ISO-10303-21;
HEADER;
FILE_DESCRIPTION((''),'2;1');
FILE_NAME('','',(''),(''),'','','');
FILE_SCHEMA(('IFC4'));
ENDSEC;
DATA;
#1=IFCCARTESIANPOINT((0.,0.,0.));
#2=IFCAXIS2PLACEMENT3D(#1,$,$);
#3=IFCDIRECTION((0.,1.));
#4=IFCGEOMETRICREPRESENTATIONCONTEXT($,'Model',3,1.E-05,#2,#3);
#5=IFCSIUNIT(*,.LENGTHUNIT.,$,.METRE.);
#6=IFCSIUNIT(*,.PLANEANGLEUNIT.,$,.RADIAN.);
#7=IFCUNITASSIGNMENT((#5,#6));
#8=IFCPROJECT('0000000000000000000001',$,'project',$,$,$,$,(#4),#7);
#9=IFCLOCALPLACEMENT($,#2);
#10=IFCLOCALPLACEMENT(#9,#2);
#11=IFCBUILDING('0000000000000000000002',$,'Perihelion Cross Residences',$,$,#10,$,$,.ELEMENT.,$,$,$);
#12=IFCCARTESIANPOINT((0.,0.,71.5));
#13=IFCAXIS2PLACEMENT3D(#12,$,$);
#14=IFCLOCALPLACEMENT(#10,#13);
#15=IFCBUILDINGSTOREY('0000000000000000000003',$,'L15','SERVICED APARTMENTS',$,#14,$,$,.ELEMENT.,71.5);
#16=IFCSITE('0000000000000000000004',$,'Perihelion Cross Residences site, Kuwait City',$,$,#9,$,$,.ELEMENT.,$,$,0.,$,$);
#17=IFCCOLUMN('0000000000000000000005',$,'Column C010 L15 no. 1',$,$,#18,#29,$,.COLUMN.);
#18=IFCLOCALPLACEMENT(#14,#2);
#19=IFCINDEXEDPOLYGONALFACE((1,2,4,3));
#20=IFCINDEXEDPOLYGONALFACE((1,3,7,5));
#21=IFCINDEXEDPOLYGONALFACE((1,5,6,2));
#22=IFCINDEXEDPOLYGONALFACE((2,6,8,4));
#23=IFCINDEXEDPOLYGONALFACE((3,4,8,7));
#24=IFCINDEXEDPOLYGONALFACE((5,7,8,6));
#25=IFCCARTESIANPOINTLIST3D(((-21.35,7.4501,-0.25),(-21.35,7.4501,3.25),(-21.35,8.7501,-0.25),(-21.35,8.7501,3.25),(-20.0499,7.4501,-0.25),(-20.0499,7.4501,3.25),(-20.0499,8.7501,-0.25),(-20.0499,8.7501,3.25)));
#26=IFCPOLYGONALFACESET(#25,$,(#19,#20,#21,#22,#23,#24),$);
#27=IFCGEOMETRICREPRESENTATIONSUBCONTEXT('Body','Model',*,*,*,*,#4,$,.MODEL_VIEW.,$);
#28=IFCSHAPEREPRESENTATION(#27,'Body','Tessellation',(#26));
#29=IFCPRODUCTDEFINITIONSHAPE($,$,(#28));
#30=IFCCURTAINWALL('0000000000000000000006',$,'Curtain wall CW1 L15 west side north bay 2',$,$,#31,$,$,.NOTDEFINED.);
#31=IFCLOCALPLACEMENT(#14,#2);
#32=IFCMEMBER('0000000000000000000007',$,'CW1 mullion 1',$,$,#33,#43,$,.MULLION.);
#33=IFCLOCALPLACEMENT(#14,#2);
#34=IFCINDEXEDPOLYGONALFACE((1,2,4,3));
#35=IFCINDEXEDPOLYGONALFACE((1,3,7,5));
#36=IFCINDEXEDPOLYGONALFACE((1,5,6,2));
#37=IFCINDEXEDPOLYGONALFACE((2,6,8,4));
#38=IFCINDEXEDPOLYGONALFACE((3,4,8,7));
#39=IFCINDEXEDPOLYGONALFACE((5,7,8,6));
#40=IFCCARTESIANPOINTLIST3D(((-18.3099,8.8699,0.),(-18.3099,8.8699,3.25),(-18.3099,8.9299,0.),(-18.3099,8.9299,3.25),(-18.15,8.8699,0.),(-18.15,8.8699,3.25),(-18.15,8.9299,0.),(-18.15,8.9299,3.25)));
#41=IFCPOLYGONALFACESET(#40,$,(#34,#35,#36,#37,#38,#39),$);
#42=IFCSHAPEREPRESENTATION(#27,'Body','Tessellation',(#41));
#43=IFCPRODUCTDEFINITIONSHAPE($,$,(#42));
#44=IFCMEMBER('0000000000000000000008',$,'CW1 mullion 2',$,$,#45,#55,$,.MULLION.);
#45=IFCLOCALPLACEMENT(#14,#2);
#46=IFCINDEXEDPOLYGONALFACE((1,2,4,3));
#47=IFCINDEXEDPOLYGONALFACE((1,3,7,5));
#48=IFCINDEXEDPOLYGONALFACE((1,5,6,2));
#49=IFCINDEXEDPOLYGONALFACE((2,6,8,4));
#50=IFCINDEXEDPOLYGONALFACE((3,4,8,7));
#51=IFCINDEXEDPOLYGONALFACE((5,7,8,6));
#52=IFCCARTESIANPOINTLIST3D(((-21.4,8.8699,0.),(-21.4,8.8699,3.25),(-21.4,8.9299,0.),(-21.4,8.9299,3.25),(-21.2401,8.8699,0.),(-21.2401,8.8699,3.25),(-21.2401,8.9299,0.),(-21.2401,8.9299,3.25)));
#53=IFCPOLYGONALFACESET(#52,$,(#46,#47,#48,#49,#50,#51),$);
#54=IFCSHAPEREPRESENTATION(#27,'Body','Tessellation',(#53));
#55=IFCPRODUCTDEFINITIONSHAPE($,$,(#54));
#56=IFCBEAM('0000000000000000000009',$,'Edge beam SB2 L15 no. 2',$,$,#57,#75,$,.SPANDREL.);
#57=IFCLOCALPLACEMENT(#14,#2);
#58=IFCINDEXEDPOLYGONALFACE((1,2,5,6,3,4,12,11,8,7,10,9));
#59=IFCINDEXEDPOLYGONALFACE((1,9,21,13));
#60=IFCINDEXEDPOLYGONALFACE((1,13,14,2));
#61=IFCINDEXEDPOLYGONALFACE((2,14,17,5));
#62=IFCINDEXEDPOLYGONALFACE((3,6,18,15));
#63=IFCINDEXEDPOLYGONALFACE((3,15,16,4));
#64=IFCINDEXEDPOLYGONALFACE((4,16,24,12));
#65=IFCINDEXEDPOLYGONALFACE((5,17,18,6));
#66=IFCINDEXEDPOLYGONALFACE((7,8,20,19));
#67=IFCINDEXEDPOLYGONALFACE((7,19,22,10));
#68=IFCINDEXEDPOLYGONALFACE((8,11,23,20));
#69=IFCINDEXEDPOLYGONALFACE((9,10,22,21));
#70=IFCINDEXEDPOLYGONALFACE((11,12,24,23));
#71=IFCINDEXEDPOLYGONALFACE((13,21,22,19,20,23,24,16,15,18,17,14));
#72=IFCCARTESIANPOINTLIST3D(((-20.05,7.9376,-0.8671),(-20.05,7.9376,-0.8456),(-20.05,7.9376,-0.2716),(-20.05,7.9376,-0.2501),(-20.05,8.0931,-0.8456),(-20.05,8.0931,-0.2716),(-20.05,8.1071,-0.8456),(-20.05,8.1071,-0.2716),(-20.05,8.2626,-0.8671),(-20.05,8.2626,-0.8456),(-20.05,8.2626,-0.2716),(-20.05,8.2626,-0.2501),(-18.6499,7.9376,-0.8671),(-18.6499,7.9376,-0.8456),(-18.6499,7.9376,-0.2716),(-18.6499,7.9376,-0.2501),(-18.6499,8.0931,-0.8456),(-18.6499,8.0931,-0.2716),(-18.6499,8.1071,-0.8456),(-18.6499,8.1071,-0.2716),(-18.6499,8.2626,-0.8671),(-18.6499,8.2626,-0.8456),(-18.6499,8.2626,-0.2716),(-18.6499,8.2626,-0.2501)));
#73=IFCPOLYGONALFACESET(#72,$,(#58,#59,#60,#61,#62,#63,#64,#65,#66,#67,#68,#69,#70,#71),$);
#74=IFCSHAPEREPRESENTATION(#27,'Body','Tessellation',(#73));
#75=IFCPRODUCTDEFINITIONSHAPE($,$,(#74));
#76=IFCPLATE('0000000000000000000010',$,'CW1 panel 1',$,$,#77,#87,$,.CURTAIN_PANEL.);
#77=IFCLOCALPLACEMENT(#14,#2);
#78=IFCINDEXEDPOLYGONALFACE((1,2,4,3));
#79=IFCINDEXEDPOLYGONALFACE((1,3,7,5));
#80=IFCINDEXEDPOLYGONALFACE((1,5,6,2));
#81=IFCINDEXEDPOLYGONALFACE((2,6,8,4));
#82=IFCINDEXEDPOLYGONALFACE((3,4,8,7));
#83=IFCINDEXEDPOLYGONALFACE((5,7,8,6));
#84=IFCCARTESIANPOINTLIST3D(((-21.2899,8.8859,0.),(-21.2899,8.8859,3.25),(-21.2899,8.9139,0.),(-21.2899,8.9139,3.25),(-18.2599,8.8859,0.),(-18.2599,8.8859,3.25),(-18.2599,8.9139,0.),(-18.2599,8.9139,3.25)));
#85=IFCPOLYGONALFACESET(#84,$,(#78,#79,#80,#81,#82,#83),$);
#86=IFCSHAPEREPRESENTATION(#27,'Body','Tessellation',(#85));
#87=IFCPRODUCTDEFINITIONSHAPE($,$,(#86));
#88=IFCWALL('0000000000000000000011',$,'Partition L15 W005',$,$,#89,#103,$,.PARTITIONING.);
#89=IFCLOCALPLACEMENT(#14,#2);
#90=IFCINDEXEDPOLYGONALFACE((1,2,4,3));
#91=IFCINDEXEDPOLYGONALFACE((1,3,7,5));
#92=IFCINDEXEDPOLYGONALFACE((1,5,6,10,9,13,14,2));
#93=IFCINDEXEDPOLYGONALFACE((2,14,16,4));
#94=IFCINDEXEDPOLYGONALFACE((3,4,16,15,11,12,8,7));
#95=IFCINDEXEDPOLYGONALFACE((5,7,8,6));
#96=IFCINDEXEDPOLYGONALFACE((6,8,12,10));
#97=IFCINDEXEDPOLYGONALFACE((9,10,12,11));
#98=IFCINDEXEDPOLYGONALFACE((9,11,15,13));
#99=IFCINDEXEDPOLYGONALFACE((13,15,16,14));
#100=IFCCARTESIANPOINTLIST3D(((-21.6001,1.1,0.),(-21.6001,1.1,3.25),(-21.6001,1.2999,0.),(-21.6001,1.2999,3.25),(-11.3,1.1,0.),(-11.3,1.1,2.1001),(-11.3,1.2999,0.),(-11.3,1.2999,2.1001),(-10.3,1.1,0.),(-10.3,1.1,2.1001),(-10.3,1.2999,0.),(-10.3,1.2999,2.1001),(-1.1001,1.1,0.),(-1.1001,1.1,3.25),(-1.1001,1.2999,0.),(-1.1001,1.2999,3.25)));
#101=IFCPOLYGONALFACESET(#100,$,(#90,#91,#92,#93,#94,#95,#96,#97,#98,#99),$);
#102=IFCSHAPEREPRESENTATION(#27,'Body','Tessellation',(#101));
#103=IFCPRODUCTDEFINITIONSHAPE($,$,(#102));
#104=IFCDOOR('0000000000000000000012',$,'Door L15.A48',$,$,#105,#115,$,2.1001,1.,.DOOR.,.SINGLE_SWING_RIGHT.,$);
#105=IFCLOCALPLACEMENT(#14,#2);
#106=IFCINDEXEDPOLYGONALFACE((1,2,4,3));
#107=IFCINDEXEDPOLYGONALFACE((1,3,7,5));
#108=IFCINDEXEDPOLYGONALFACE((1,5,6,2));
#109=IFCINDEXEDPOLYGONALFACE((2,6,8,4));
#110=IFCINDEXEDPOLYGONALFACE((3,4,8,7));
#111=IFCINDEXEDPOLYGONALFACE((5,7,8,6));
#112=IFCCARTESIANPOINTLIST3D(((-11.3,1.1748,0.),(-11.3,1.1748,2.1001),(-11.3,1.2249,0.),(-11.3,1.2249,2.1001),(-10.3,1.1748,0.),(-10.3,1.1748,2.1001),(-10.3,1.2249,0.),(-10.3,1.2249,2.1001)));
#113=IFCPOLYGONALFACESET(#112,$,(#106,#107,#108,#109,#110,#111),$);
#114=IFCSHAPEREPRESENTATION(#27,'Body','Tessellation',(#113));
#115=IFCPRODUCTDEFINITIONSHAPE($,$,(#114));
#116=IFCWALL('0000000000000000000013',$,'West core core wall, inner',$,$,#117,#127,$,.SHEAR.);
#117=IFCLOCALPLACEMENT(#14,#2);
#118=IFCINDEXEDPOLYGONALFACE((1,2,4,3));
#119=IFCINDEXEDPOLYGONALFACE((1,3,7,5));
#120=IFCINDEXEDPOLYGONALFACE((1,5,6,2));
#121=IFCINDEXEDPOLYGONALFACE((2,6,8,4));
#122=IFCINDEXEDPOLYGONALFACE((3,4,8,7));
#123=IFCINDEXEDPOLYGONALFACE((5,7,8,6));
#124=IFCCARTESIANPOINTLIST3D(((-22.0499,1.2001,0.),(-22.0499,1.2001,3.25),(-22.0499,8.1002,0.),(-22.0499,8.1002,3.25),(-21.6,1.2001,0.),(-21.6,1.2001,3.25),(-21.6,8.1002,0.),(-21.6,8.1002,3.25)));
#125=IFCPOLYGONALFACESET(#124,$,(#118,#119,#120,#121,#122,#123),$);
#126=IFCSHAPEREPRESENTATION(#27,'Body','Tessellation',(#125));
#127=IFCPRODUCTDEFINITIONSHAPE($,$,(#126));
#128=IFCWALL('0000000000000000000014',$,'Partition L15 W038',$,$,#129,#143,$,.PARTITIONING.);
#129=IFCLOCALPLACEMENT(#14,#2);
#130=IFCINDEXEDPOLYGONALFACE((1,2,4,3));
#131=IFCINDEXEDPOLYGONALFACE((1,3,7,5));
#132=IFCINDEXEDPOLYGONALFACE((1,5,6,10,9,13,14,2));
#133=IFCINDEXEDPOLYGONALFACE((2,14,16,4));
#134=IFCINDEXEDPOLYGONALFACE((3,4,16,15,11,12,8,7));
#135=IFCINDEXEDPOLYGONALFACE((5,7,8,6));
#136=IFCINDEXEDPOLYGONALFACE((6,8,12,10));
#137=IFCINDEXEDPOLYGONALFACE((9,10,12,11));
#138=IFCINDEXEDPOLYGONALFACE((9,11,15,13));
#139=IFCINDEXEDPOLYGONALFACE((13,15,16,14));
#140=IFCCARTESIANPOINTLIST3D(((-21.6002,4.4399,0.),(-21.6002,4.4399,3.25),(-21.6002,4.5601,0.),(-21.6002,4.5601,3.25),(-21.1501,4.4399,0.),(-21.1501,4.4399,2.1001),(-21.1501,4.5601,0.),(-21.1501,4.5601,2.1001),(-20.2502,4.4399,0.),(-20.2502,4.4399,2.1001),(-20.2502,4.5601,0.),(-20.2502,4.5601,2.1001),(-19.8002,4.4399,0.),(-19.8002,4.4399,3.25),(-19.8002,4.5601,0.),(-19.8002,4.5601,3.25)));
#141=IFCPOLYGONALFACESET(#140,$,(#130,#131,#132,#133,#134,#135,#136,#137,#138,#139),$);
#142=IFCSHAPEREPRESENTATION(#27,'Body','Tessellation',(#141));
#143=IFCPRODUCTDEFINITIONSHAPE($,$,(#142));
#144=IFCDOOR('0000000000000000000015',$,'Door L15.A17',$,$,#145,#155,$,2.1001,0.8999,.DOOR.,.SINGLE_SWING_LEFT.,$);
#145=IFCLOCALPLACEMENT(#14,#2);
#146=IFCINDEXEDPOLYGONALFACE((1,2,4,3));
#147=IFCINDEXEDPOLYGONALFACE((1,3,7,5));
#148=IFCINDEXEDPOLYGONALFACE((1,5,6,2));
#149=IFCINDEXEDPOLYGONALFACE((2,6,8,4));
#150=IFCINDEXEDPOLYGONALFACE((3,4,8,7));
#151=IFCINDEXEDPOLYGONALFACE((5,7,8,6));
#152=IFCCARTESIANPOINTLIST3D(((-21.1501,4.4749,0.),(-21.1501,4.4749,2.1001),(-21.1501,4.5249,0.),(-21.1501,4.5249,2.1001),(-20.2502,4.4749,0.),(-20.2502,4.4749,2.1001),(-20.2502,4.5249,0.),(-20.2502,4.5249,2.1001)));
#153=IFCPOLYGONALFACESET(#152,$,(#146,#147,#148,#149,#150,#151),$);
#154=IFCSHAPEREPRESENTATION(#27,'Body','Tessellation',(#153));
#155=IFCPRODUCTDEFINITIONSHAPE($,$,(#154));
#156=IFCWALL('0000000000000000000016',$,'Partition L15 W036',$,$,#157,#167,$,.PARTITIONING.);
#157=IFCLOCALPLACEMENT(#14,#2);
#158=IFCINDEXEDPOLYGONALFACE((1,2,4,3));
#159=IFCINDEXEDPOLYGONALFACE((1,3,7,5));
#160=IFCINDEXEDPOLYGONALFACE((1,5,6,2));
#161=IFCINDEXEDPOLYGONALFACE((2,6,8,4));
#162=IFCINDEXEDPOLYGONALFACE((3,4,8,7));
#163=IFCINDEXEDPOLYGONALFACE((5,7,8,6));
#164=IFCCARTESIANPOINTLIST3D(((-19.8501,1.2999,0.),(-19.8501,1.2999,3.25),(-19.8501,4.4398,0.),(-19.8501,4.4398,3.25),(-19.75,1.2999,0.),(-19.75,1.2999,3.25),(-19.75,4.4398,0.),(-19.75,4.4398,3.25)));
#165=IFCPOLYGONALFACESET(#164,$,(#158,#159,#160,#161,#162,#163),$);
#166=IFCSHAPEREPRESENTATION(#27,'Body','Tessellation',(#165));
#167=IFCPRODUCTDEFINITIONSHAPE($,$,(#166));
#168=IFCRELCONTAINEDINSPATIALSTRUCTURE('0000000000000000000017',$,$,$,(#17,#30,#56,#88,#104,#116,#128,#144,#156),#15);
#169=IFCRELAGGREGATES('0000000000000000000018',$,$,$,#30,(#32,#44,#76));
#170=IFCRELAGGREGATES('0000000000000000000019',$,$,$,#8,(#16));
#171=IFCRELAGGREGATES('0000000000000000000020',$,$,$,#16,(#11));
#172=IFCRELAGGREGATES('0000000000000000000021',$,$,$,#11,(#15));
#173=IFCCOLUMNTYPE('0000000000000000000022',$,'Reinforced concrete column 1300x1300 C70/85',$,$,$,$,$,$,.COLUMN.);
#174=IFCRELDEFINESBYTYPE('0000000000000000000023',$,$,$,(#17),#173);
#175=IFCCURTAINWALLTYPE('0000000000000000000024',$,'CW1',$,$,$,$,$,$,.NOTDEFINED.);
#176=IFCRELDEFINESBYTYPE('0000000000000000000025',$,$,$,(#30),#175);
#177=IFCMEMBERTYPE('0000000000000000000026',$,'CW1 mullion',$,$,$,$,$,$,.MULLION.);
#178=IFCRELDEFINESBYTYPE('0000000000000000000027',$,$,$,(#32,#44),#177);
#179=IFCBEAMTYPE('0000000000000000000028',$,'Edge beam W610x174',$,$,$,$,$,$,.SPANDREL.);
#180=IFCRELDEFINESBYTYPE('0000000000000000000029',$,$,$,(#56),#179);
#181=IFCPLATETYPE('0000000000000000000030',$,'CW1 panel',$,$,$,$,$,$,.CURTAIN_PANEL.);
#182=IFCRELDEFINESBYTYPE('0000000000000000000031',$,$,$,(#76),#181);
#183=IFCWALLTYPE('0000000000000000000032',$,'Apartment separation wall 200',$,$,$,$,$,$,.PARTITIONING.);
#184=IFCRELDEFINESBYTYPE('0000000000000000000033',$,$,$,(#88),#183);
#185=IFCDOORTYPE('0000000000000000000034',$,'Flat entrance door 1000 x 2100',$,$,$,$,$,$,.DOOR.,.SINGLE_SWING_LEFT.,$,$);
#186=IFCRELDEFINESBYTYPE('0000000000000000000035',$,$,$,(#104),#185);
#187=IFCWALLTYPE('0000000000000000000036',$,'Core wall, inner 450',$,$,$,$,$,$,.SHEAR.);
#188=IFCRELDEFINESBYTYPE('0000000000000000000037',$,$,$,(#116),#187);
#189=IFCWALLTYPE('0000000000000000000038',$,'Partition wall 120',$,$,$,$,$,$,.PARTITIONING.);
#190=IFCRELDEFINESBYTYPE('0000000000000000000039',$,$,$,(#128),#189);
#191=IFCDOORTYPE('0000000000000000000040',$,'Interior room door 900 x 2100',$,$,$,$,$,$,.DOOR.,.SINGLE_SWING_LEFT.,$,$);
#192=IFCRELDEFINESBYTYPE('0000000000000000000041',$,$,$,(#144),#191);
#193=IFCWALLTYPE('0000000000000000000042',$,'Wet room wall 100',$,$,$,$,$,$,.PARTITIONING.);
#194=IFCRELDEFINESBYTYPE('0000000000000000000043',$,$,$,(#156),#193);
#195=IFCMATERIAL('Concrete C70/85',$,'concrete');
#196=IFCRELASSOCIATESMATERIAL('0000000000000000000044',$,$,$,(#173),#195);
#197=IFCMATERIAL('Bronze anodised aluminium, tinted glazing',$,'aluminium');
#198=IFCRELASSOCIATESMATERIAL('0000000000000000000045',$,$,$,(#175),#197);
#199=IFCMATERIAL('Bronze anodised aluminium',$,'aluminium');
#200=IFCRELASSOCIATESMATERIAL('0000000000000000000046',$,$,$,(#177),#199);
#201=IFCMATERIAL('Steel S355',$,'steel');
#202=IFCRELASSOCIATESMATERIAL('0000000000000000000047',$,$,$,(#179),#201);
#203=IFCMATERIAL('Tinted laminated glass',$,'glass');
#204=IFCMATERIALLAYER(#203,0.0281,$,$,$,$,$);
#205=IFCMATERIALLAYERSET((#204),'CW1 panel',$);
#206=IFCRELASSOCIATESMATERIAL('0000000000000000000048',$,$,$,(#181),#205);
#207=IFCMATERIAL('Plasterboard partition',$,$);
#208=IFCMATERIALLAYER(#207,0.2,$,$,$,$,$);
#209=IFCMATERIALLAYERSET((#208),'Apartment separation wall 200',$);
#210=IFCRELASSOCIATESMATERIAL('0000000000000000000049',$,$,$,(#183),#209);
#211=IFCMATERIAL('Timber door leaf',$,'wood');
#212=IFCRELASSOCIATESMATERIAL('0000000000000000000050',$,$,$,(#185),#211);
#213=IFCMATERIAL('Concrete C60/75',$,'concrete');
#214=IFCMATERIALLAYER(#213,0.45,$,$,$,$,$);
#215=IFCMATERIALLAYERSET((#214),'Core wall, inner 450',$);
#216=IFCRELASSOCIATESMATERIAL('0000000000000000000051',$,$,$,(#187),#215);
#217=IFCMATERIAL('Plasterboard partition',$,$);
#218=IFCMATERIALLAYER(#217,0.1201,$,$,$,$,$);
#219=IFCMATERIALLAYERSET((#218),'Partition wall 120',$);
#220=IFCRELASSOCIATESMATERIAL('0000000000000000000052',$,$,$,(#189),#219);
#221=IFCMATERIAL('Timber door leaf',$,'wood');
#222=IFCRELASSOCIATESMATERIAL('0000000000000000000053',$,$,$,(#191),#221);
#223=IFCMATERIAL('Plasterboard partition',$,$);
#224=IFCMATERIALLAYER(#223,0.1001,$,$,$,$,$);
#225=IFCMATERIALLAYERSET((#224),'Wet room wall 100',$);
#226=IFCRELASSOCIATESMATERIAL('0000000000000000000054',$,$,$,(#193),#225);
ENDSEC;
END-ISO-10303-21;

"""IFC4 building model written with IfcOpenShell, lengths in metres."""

from ifc_helpers import new_model, si_unit, direction, frame, frame_2d, origin, origin_2d, place, context, subcontext, project, spatial, rectangle, i_section, extrude, material, layer, layer_set, material_profile, profile_set, type_object, element, fill, aggregate, save


model = new_model("IFC4")

# Units and contexts
model_context = context("Model", 3, precision=1e-05, world=origin(), true_north=direction((0.0, 1.0)))
body_context = subcontext(model_context, "Body", "Model", "MODEL_VIEW")
ifc_project = project(units=[si_unit("LENGTHUNIT", "METRE"), si_unit("PLANEANGLEUNIT", "RADIAN")], contexts=[model_context])

# Site, building, storey
site_placement = place(None, origin())
site = spatial("IfcSite", under=ifc_project, at=site_placement, Name="Perihelion Cross Residences site, Kuwait City", CompositionType="ELEMENT", RefElevation=0.0)
building_placement = place(site_placement, origin())
building = spatial("IfcBuilding", under=site, at=building_placement, Name="Perihelion Cross Residences", CompositionType="ELEMENT")
storey_placement = place(building_placement, frame((0.0, 0.0, 71.5)))
storey = spatial("IfcBuildingStorey", under=building, at=storey_placement, Name="L15", Description="SERVICED APARTMENTS", CompositionType="ELEMENT", Elevation=71.5)

# Column
ifc_material_1 = material(Name="Concrete C70/85", Category="concrete")
ifc_material_profile_1 = material_profile(ifc_material_1, rectangle(XDim=1.3, YDim=1.3, at=origin_2d()), Name="RC 1300x1300")
ifc_profile_set_1 = profile_set([ifc_material_profile_1], Name="Concrete C70/85")
column_type = type_object("IfcColumnType", Name="Reinforced concrete column 1300x1300 C70/85", PredefinedType="COLUMN", material=ifc_profile_set_1)
column_placement = place(storey_placement, frame((-20.7, 8.1001, -0.25), z_axis=(0.0, 0.0, 1.0), x_axis=(1.0, 0.0, 0.0)))
element("IfcColumn", 1, at=column_placement, inside=storey, type_object=column_type, Name="Column C010 L15 no. 1", PredefinedType="COLUMN", context=body_context, shape_type="SweptSolid", body=[
    extrude(rectangle(XDim=1.3, YDim=1.3, at=origin_2d()), origin(), (0.0, 0.0, 1.0), 3.5),
])

# Curtain wall, members
ifc_material_2 = material(Name="Bronze anodised aluminium, tinted glazing", Category="aluminium")
curtain_wall_type = type_object("IfcCurtainWallType", Name="CW1", PredefinedType="NOTDEFINED", material=ifc_material_2)
curtain_wall_placement = place(storey_placement, origin())
curtain_wall = element("IfcCurtainWall", 2, at=curtain_wall_placement, inside=storey, type_object=curtain_wall_type, Name="Curtain wall CW1 L15 west side north bay 2", PredefinedType="NOTDEFINED")
ifc_material_3 = material(Name="Bronze anodised aluminium", Category="aluminium")
ifc_material_profile_2 = material_profile(ifc_material_3, rectangle(XDim=0.0601, YDim=0.1599, at=origin_2d()), Name="CW1 mullion")
ifc_profile_set_2 = profile_set([ifc_material_profile_2], Name="Bronze anodised aluminium")
member_type = type_object("IfcMemberType", Name="CW1 mullion", PredefinedType="MULLION", material=ifc_profile_set_2)
member_1_placement = place(storey_placement, frame((-18.23, 8.8999, 0.0), z_axis=(0.0, 0.0, 1.0), x_axis=(0.0, -1.0, 0.0)))
member_1 = element("IfcMember", 3, at=member_1_placement, type_object=member_type, Name="CW1 mullion 1", PredefinedType="MULLION", context=body_context, shape_type="SweptSolid", body=[
    extrude(rectangle(XDim=0.0601, YDim=0.1599, at=origin_2d()), origin(), (0.0, 0.0, 1.0), 3.25),
])
member_2_placement = place(storey_placement, frame((-21.3201, 8.8999, 0.0), z_axis=(0.0, 0.0, 1.0), x_axis=(0.0, -1.0, 0.0)))
member_2 = element("IfcMember", 4, at=member_2_placement, type_object=member_type, Name="CW1 mullion 2", PredefinedType="MULLION", context=body_context, shape_type="SweptSolid", body=[
    extrude(rectangle(XDim=0.0601, YDim=0.1599, at=origin_2d()), origin(), (0.0, 0.0, 1.0), 3.25),
])

# Beam
ifc_material_4 = material(Name="Steel S355", Category="steel")
ifc_material_profile_3 = material_profile(ifc_material_4, i_section(OverallWidth=0.325, OverallDepth=0.6169, WebThickness=0.0139, FlangeThickness=0.0215, at=origin_2d()), Name="W610x174")
ifc_profile_set_3 = profile_set([ifc_material_profile_3], Name="Steel S355")
beam_type = type_object("IfcBeamType", Name="Edge beam W610x174", PredefinedType="SPANDREL", material=ifc_profile_set_3)
beam_placement = place(storey_placement, frame((-18.6499, 8.1001, -0.5586), z_axis=(-1.0, 0.0, 0.0), x_axis=(0.0, -1.0, 0.0)))
element("IfcBeam", 5, at=beam_placement, inside=storey, type_object=beam_type, Name="Edge beam SB2 L15 no. 2", PredefinedType="SPANDREL", context=body_context, shape_type="SweptSolid", body=[
    extrude(i_section(OverallWidth=0.325, OverallDepth=0.6169, WebThickness=0.0139, FlangeThickness=0.0215, at=origin_2d()), origin(), (0.0, 0.0, 1.0), 1.4001),
])

# Plate
ifc_material_5 = material(Name="Tinted laminated glass", Category="glass")
ifc_layer_1 = layer(ifc_material_5, 0.0281)
ifc_layer_set_1 = layer_set([ifc_layer_1], Name="CW1 panel")
plate_type = type_object("IfcPlateType", Name="CW1 panel", PredefinedType="CURTAIN_PANEL", material=ifc_layer_set_1)
plate_placement = place(storey_placement, frame((-19.7749, 8.8999, 0.0), z_axis=(0.0, 0.0, 1.0), x_axis=(-1.0, 0.0, 0.0)))
plate = element("IfcPlate", 6, at=plate_placement, type_object=plate_type, Name="CW1 panel 1", PredefinedType="CURTAIN_PANEL", context=body_context, shape_type="SweptSolid", body=[
    extrude(rectangle(XDim=3.03, YDim=0.0281, at=origin_2d()), origin(), (0.0, 0.0, 1.0), 3.25),
])
aggregate(curtain_wall, [member_1, member_2, plate])

# Wall, opening, door
ifc_material_6 = material(Name="Plasterboard partition")
ifc_layer_2 = layer(ifc_material_6, 0.2)
ifc_layer_set_2 = layer_set([ifc_layer_2], Name="Apartment separation wall 200")
wall_type_1 = type_object("IfcWallType", Name="Apartment separation wall 200", PredefinedType="PARTITIONING", material=ifc_layer_set_2)
wall_1_placement = place(storey_placement, frame((-21.6001, 1.2, 0.0), z_axis=(0.0, 0.0, 1.0), x_axis=(1.0, 0.0, 0.0)))
wall_1 = element("IfcWall", 7, at=wall_1_placement, inside=storey, type_object=wall_type_1, Name="Partition L15 W005", PredefinedType="PARTITIONING", context=body_context, shape_type="SweptSolid", body=[
    extrude(rectangle(XDim=20.5, YDim=0.2, at=frame_2d((10.25, 0.0))), origin(), (0.0, 0.0, 1.0), 3.25),
])
opening_1_placement = place(wall_1_placement, frame((10.3, 0.0, 0.0)))
opening_1 = element("IfcOpeningElement", 8, at=opening_1_placement, cuts=wall_1, PredefinedType="OPENING", context=body_context, shape_type="SweptSolid", body=[
    extrude(rectangle(XDim=1.0, YDim=2.1001, at=frame_2d((0.5, 1.05))), frame((0.0, 0.1099, 0.0), z_axis=(0.0, -1.0, 0.0), x_axis=(1.0, 0.0, 0.0)), (0.0, 0.0, 1.0), 0.22),
])
ifc_material_7 = material(Name="Timber door leaf", Category="wood")
door_type_1 = type_object("IfcDoorType", Name="Flat entrance door 1000 x 2100", OperationType="SINGLE_SWING_LEFT", PredefinedType="DOOR", material=ifc_material_7)
door_1_placement = place(opening_1_placement, origin())
door_1 = element("IfcDoor", 9, at=door_1_placement, inside=storey, type_object=door_type_1, Name="Door L15.A48", OperationType="SINGLE_SWING_RIGHT", OverallHeight=2.1001, OverallWidth=1.0, PredefinedType="DOOR", context=body_context, shape_type="SweptSolid", body=[
    extrude(rectangle(XDim=1.0, YDim=2.1001, at=frame_2d((0.5, 1.05))), frame((0.0, 0.0249, 0.0), z_axis=(0.0, -1.0, 0.0), x_axis=(1.0, 0.0, 0.0)), (0.0, 0.0, 1.0), 0.05),
])
fill(opening_1, door_1)

# Wall
ifc_material_8 = material(Name="Concrete C60/75", Category="concrete")
ifc_layer_3 = layer(ifc_material_8, 0.45)
ifc_layer_set_3 = layer_set([ifc_layer_3], Name="Core wall, inner 450")
wall_type_2 = type_object("IfcWallType", Name="Core wall, inner 450", PredefinedType="SHEAR", material=ifc_layer_set_3)
wall_2_placement = place(storey_placement, frame((-21.825, 1.2, 0.0), z_axis=(0.0, 0.0, 1.0), x_axis=(0.0, 1.0, 0.0)))
element("IfcWall", 10, at=wall_2_placement, inside=storey, type_object=wall_type_2, Name="West core core wall, inner", PredefinedType="SHEAR", context=body_context, shape_type="SweptSolid", body=[
    extrude(rectangle(XDim=6.9001, YDim=0.45, at=frame_2d((3.4502, 0.0))), origin(), (0.0, 0.0, 1.0), 3.25),
])

# Wall, opening, door
ifc_material_9 = material(Name="Plasterboard partition")
ifc_layer_4 = layer(ifc_material_9, 0.1201)
ifc_layer_set_4 = layer_set([ifc_layer_4], Name="Partition wall 120")
wall_type_3 = type_object("IfcWallType", Name="Partition wall 120", PredefinedType="PARTITIONING", material=ifc_layer_set_4)
wall_3_placement = place(storey_placement, frame((-21.6001, 4.5, 0.0), z_axis=(0.0, 0.0, 1.0), x_axis=(1.0, 0.0, 0.0)))
wall_3 = element("IfcWall", 11, at=wall_3_placement, inside=storey, type_object=wall_type_3, Name="Partition L15 W038", PredefinedType="PARTITIONING", context=body_context, shape_type="SweptSolid", body=[
    extrude(rectangle(XDim=1.8, YDim=0.1201, at=frame_2d((0.8999, 0.0))), origin(), (0.0, 0.0, 1.0), 3.25),
])
opening_2_placement = place(wall_3_placement, frame((0.45, 0.0, 0.0)))
opening_2 = element("IfcOpeningElement", 12, at=opening_2_placement, cuts=wall_3, PredefinedType="OPENING", context=body_context, shape_type="SweptSolid", body=[
    extrude(rectangle(XDim=0.8999, YDim=2.1001, at=frame_2d((0.45, 1.05))), frame((0.0, 0.0701, 0.0), z_axis=(0.0, -1.0, 0.0), x_axis=(1.0, 0.0, 0.0)), (0.0, 0.0, 1.0), 0.1401),
])
ifc_material_10 = material(Name="Timber door leaf", Category="wood")
door_type_2 = type_object("IfcDoorType", Name="Interior room door 900 x 2100", OperationType="SINGLE_SWING_LEFT", PredefinedType="DOOR", material=ifc_material_10)
door_2_placement = place(opening_2_placement, origin())
door_2 = element("IfcDoor", 13, at=door_2_placement, inside=storey, type_object=door_type_2, Name="Door L15.A17", OperationType="SINGLE_SWING_LEFT", OverallHeight=2.1001, OverallWidth=0.8999, PredefinedType="DOOR", context=body_context, shape_type="SweptSolid", body=[
    extrude(rectangle(XDim=0.8999, YDim=2.1001, at=frame_2d((0.45, 1.05))), frame((0.0, 0.0249, 0.0), z_axis=(0.0, -1.0, 0.0), x_axis=(1.0, 0.0, 0.0)), (0.0, 0.0, 1.0), 0.05),
])
fill(opening_2, door_2)

# Wall
ifc_material_11 = material(Name="Plasterboard partition")
ifc_layer_5 = layer(ifc_material_11, 0.1001)
ifc_layer_set_5 = layer_set([ifc_layer_5], Name="Wet room wall 100")
wall_type_4 = type_object("IfcWallType", Name="Wet room wall 100", PredefinedType="PARTITIONING", material=ifc_layer_set_5)
wall_4_placement = place(storey_placement, frame((-19.8, 1.3, 0.0), z_axis=(0.0, 0.0, 1.0), x_axis=(0.0, 1.0, 0.0)))
element("IfcWall", 14, at=wall_4_placement, inside=storey, type_object=wall_type_4, Name="Partition L15 W036", PredefinedType="PARTITIONING", context=body_context, shape_type="SweptSolid", body=[
    extrude(rectangle(XDim=3.1399, YDim=0.1001, at=frame_2d((1.5698, 0.0))), origin(), (0.0, 0.0, 1.0), 3.25),
])

save(model, "model.ifc")
